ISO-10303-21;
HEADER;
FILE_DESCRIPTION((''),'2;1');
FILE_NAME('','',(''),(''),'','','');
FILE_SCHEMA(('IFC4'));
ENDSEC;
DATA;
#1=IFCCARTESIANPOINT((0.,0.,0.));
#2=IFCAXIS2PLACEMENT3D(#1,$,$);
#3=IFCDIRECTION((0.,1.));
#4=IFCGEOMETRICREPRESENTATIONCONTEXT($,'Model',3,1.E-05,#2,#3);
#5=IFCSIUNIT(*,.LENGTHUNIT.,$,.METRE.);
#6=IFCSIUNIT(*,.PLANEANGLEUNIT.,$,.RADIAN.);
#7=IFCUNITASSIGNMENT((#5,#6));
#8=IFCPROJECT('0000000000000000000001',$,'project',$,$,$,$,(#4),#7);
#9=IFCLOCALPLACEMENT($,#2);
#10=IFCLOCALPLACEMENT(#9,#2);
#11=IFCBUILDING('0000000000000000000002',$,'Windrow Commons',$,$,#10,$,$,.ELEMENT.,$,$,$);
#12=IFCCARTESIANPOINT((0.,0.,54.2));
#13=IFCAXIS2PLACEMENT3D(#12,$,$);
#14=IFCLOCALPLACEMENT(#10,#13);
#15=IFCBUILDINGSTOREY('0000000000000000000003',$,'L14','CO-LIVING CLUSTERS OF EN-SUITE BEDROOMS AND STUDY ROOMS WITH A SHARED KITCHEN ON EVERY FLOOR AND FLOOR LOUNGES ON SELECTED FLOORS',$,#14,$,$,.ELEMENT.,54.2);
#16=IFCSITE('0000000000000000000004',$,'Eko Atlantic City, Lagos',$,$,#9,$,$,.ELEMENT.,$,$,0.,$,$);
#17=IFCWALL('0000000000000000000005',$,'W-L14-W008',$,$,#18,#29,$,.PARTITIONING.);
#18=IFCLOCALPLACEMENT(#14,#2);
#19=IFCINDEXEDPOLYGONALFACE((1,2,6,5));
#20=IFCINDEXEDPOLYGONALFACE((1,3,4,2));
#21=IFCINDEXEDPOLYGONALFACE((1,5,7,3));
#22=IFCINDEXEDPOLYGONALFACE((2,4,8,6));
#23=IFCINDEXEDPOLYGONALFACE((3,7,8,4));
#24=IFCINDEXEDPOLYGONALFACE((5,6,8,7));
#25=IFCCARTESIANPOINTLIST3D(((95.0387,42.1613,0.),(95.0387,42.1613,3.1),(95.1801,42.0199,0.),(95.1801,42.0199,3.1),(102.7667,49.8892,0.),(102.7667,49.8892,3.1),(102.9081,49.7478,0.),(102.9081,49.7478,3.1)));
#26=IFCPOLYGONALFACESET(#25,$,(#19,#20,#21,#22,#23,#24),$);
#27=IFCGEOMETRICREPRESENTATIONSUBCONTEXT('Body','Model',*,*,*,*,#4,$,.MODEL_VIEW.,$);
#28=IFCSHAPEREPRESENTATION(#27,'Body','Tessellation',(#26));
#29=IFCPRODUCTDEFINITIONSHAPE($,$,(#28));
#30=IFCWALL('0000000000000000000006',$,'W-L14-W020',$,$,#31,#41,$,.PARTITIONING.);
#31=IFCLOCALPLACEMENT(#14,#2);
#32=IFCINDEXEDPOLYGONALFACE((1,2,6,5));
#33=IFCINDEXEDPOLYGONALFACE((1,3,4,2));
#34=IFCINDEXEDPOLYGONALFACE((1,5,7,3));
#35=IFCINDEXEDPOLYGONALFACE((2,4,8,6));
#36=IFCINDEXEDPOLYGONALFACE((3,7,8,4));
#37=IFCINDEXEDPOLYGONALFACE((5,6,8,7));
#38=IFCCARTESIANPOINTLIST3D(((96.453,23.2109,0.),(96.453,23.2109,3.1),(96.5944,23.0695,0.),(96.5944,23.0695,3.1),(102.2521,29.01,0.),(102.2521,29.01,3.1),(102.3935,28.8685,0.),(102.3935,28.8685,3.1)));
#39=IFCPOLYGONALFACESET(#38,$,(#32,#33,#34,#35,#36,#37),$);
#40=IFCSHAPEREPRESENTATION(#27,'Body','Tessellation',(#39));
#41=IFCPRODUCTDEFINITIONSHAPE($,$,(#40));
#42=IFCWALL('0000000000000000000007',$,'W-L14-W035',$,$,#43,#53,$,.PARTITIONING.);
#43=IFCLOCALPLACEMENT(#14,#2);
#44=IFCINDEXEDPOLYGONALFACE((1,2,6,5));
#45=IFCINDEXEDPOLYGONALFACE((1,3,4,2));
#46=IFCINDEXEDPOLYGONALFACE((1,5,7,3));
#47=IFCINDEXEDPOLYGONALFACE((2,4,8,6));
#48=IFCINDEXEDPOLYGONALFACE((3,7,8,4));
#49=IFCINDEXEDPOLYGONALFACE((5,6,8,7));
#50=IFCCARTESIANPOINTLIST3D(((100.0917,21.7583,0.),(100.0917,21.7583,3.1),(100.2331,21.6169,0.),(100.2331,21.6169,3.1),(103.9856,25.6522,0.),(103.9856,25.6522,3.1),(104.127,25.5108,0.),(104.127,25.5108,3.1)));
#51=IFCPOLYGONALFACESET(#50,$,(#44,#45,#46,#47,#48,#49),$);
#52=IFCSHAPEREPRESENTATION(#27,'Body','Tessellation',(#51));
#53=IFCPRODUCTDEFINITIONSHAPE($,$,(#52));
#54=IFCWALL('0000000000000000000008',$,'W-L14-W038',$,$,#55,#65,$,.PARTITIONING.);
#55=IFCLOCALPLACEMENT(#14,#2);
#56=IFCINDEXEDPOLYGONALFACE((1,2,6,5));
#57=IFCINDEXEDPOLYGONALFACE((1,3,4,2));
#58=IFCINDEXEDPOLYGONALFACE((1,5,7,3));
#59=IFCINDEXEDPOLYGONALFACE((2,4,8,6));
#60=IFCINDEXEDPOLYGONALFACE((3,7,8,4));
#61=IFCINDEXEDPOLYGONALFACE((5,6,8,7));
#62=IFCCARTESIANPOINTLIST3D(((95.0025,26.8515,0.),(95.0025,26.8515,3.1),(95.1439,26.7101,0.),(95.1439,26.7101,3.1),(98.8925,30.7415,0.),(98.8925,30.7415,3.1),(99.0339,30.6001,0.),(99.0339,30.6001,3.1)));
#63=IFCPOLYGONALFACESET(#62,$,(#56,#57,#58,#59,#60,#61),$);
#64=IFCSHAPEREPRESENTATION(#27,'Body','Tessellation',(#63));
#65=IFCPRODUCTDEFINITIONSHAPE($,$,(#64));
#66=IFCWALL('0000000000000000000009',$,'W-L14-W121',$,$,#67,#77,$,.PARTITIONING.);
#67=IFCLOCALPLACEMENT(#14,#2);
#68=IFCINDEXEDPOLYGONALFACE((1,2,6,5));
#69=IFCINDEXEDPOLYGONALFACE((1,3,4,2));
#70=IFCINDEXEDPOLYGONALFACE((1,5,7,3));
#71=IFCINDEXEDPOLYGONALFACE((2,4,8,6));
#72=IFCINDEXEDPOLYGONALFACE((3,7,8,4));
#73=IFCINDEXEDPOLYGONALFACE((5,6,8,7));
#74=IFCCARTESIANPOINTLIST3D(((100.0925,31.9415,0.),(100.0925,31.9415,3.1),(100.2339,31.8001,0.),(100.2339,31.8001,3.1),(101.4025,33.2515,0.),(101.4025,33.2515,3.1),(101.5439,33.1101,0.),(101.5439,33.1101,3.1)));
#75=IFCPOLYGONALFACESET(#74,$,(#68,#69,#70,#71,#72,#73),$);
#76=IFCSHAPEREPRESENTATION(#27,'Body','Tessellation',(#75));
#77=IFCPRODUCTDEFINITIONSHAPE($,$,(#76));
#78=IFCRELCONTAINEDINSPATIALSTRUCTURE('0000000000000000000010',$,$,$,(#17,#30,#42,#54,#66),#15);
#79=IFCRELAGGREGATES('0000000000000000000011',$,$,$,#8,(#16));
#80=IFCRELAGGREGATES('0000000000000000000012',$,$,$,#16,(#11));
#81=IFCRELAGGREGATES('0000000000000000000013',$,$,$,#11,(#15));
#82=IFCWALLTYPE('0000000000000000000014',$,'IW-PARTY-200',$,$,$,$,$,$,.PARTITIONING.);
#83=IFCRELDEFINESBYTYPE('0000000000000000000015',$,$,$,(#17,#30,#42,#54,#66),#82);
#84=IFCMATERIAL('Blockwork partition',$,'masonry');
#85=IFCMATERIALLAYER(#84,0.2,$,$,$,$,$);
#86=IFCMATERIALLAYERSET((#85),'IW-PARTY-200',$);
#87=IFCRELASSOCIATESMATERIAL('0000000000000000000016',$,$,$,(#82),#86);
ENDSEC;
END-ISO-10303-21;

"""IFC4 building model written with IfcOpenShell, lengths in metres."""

from ifc_helpers import new_model, si_unit, direction, frame, frame_2d, origin, place, context, subcontext, project, spatial, rectangle, extrude, material, layer, layer_set, type_object, element, save


model = new_model("IFC4")

# Units and contexts
model_context = context("Model", 3, precision=1e-05, world=origin(), true_north=direction((0.0, 1.0)))
body_context = subcontext(model_context, "Body", "Model", "MODEL_VIEW")
ifc_project = project(units=[si_unit("LENGTHUNIT", "METRE"), si_unit("PLANEANGLEUNIT", "RADIAN")], contexts=[model_context])

# Site, building, storey
site_placement = place(None, origin())
site = spatial("IfcSite", under=ifc_project, at=site_placement, Name="Eko Atlantic City, Lagos", CompositionType="ELEMENT", RefElevation=0.0)
building_placement = place(site_placement, origin())
building = spatial("IfcBuilding", under=site, at=building_placement, Name="Windrow Commons", CompositionType="ELEMENT")
storey_placement = place(building_placement, frame((0.0, 0.0, 54.2)))
storey = spatial("IfcBuildingStorey", under=building, at=storey_placement, Name="L14", Description="CO-LIVING CLUSTERS OF EN-SUITE BEDROOMS AND STUDY ROOMS WITH A SHARED KITCHEN ON EVERY FLOOR AND FLOOR LOUNGES ON SELECTED FLOORS", CompositionType="ELEMENT", Elevation=54.2)

# Walls
ifc_material_1 = material(Name="Blockwork partition", Category="masonry")
ifc_layer_1 = layer(ifc_material_1, 0.2)
ifc_layer_set_1 = layer_set([ifc_layer_1], Name="IW-PARTY-200")
wall_type_1 = type_object("IfcWallType", Name="IW-PARTY-200", PredefinedType="PARTITIONING", material=ifc_layer_set_1)
wall_1_placement = place(storey_placement, frame((95.1094, 42.0906, 0.0), z_axis=(0.0, 0.0, 1.0), x_axis=(0.707111, 0.707102, 0.0)))
element("IfcWall", 1, at=wall_1_placement, inside=storey, type_object=wall_type_1, Name="W-L14-W008", PredefinedType="PARTITIONING", context=body_context, shape_type="SweptSolid", body=[
    extrude(rectangle(XDim=10.929, YDim=0.2, at=frame_2d((5.4645, 0.0))), origin(), (0.0, 0.0, 1.0), 3.1),
])
wall_2_placement = place(storey_placement, frame((96.5237, 23.1402, 0.0), z_axis=(0.0, 0.0, 1.0), x_axis=(0.707113, 0.707101, 0.0)))
element("IfcWall", 2, at=wall_2_placement, inside=storey, type_object=wall_type_1, Name="W-L14-W020", PredefinedType="PARTITIONING", context=body_context, shape_type="SweptSolid", body=[
    extrude(rectangle(XDim=8.2011, YDim=0.2, at=frame_2d((4.1006, 0.0))), origin(), (0.0, 0.0, 1.0), 3.1),
])
wall_3_placement = place(storey_placement, frame((100.1624, 21.6876, 0.0), z_axis=(0.0, 0.0, 1.0), x_axis=(0.707107, 0.707107, 0.0)))
element("IfcWall", 3, at=wall_3_placement, inside=storey, type_object=wall_type_1, Name="W-L14-W035", PredefinedType="PARTITIONING", context=body_context, shape_type="SweptSolid", body=[
    extrude(rectangle(XDim=5.5069, YDim=0.2, at=frame_2d((2.7534, 0.0))), origin(), (0.0, 0.0, 1.0), 3.1),
])
wall_4_placement = place(storey_placement, frame((95.0732, 26.7808, 0.0), z_axis=(0.0, 0.0, 1.0), x_axis=(0.707107, 0.707107, 0.0)))
element("IfcWall", 4, at=wall_4_placement, inside=storey, type_object=wall_type_1, Name="W-L14-W038", PredefinedType="PARTITIONING", context=body_context, shape_type="SweptSolid", body=[
    extrude(rectangle(XDim=5.5013, YDim=0.2, at=frame_2d((2.7506, 0.0))), origin(), (0.0, 0.0, 1.0), 3.1),
])
wall_5_placement = place(storey_placement, frame((100.1632, 31.8708, 0.0), z_axis=(0.0, 0.0, 1.0), x_axis=(0.707107, 0.707107, 0.0)))
element("IfcWall", 5, at=wall_5_placement, inside=storey, type_object=wall_type_1, Name="W-L14-W121", PredefinedType="PARTITIONING", context=body_context, shape_type="SweptSolid", body=[
    extrude(rectangle(XDim=1.8526, YDim=0.2, at=frame_2d((0.9263, 0.0))), origin(), (0.0, 0.0, 1.0), 3.1),
])

save(model, "model.ifc")
